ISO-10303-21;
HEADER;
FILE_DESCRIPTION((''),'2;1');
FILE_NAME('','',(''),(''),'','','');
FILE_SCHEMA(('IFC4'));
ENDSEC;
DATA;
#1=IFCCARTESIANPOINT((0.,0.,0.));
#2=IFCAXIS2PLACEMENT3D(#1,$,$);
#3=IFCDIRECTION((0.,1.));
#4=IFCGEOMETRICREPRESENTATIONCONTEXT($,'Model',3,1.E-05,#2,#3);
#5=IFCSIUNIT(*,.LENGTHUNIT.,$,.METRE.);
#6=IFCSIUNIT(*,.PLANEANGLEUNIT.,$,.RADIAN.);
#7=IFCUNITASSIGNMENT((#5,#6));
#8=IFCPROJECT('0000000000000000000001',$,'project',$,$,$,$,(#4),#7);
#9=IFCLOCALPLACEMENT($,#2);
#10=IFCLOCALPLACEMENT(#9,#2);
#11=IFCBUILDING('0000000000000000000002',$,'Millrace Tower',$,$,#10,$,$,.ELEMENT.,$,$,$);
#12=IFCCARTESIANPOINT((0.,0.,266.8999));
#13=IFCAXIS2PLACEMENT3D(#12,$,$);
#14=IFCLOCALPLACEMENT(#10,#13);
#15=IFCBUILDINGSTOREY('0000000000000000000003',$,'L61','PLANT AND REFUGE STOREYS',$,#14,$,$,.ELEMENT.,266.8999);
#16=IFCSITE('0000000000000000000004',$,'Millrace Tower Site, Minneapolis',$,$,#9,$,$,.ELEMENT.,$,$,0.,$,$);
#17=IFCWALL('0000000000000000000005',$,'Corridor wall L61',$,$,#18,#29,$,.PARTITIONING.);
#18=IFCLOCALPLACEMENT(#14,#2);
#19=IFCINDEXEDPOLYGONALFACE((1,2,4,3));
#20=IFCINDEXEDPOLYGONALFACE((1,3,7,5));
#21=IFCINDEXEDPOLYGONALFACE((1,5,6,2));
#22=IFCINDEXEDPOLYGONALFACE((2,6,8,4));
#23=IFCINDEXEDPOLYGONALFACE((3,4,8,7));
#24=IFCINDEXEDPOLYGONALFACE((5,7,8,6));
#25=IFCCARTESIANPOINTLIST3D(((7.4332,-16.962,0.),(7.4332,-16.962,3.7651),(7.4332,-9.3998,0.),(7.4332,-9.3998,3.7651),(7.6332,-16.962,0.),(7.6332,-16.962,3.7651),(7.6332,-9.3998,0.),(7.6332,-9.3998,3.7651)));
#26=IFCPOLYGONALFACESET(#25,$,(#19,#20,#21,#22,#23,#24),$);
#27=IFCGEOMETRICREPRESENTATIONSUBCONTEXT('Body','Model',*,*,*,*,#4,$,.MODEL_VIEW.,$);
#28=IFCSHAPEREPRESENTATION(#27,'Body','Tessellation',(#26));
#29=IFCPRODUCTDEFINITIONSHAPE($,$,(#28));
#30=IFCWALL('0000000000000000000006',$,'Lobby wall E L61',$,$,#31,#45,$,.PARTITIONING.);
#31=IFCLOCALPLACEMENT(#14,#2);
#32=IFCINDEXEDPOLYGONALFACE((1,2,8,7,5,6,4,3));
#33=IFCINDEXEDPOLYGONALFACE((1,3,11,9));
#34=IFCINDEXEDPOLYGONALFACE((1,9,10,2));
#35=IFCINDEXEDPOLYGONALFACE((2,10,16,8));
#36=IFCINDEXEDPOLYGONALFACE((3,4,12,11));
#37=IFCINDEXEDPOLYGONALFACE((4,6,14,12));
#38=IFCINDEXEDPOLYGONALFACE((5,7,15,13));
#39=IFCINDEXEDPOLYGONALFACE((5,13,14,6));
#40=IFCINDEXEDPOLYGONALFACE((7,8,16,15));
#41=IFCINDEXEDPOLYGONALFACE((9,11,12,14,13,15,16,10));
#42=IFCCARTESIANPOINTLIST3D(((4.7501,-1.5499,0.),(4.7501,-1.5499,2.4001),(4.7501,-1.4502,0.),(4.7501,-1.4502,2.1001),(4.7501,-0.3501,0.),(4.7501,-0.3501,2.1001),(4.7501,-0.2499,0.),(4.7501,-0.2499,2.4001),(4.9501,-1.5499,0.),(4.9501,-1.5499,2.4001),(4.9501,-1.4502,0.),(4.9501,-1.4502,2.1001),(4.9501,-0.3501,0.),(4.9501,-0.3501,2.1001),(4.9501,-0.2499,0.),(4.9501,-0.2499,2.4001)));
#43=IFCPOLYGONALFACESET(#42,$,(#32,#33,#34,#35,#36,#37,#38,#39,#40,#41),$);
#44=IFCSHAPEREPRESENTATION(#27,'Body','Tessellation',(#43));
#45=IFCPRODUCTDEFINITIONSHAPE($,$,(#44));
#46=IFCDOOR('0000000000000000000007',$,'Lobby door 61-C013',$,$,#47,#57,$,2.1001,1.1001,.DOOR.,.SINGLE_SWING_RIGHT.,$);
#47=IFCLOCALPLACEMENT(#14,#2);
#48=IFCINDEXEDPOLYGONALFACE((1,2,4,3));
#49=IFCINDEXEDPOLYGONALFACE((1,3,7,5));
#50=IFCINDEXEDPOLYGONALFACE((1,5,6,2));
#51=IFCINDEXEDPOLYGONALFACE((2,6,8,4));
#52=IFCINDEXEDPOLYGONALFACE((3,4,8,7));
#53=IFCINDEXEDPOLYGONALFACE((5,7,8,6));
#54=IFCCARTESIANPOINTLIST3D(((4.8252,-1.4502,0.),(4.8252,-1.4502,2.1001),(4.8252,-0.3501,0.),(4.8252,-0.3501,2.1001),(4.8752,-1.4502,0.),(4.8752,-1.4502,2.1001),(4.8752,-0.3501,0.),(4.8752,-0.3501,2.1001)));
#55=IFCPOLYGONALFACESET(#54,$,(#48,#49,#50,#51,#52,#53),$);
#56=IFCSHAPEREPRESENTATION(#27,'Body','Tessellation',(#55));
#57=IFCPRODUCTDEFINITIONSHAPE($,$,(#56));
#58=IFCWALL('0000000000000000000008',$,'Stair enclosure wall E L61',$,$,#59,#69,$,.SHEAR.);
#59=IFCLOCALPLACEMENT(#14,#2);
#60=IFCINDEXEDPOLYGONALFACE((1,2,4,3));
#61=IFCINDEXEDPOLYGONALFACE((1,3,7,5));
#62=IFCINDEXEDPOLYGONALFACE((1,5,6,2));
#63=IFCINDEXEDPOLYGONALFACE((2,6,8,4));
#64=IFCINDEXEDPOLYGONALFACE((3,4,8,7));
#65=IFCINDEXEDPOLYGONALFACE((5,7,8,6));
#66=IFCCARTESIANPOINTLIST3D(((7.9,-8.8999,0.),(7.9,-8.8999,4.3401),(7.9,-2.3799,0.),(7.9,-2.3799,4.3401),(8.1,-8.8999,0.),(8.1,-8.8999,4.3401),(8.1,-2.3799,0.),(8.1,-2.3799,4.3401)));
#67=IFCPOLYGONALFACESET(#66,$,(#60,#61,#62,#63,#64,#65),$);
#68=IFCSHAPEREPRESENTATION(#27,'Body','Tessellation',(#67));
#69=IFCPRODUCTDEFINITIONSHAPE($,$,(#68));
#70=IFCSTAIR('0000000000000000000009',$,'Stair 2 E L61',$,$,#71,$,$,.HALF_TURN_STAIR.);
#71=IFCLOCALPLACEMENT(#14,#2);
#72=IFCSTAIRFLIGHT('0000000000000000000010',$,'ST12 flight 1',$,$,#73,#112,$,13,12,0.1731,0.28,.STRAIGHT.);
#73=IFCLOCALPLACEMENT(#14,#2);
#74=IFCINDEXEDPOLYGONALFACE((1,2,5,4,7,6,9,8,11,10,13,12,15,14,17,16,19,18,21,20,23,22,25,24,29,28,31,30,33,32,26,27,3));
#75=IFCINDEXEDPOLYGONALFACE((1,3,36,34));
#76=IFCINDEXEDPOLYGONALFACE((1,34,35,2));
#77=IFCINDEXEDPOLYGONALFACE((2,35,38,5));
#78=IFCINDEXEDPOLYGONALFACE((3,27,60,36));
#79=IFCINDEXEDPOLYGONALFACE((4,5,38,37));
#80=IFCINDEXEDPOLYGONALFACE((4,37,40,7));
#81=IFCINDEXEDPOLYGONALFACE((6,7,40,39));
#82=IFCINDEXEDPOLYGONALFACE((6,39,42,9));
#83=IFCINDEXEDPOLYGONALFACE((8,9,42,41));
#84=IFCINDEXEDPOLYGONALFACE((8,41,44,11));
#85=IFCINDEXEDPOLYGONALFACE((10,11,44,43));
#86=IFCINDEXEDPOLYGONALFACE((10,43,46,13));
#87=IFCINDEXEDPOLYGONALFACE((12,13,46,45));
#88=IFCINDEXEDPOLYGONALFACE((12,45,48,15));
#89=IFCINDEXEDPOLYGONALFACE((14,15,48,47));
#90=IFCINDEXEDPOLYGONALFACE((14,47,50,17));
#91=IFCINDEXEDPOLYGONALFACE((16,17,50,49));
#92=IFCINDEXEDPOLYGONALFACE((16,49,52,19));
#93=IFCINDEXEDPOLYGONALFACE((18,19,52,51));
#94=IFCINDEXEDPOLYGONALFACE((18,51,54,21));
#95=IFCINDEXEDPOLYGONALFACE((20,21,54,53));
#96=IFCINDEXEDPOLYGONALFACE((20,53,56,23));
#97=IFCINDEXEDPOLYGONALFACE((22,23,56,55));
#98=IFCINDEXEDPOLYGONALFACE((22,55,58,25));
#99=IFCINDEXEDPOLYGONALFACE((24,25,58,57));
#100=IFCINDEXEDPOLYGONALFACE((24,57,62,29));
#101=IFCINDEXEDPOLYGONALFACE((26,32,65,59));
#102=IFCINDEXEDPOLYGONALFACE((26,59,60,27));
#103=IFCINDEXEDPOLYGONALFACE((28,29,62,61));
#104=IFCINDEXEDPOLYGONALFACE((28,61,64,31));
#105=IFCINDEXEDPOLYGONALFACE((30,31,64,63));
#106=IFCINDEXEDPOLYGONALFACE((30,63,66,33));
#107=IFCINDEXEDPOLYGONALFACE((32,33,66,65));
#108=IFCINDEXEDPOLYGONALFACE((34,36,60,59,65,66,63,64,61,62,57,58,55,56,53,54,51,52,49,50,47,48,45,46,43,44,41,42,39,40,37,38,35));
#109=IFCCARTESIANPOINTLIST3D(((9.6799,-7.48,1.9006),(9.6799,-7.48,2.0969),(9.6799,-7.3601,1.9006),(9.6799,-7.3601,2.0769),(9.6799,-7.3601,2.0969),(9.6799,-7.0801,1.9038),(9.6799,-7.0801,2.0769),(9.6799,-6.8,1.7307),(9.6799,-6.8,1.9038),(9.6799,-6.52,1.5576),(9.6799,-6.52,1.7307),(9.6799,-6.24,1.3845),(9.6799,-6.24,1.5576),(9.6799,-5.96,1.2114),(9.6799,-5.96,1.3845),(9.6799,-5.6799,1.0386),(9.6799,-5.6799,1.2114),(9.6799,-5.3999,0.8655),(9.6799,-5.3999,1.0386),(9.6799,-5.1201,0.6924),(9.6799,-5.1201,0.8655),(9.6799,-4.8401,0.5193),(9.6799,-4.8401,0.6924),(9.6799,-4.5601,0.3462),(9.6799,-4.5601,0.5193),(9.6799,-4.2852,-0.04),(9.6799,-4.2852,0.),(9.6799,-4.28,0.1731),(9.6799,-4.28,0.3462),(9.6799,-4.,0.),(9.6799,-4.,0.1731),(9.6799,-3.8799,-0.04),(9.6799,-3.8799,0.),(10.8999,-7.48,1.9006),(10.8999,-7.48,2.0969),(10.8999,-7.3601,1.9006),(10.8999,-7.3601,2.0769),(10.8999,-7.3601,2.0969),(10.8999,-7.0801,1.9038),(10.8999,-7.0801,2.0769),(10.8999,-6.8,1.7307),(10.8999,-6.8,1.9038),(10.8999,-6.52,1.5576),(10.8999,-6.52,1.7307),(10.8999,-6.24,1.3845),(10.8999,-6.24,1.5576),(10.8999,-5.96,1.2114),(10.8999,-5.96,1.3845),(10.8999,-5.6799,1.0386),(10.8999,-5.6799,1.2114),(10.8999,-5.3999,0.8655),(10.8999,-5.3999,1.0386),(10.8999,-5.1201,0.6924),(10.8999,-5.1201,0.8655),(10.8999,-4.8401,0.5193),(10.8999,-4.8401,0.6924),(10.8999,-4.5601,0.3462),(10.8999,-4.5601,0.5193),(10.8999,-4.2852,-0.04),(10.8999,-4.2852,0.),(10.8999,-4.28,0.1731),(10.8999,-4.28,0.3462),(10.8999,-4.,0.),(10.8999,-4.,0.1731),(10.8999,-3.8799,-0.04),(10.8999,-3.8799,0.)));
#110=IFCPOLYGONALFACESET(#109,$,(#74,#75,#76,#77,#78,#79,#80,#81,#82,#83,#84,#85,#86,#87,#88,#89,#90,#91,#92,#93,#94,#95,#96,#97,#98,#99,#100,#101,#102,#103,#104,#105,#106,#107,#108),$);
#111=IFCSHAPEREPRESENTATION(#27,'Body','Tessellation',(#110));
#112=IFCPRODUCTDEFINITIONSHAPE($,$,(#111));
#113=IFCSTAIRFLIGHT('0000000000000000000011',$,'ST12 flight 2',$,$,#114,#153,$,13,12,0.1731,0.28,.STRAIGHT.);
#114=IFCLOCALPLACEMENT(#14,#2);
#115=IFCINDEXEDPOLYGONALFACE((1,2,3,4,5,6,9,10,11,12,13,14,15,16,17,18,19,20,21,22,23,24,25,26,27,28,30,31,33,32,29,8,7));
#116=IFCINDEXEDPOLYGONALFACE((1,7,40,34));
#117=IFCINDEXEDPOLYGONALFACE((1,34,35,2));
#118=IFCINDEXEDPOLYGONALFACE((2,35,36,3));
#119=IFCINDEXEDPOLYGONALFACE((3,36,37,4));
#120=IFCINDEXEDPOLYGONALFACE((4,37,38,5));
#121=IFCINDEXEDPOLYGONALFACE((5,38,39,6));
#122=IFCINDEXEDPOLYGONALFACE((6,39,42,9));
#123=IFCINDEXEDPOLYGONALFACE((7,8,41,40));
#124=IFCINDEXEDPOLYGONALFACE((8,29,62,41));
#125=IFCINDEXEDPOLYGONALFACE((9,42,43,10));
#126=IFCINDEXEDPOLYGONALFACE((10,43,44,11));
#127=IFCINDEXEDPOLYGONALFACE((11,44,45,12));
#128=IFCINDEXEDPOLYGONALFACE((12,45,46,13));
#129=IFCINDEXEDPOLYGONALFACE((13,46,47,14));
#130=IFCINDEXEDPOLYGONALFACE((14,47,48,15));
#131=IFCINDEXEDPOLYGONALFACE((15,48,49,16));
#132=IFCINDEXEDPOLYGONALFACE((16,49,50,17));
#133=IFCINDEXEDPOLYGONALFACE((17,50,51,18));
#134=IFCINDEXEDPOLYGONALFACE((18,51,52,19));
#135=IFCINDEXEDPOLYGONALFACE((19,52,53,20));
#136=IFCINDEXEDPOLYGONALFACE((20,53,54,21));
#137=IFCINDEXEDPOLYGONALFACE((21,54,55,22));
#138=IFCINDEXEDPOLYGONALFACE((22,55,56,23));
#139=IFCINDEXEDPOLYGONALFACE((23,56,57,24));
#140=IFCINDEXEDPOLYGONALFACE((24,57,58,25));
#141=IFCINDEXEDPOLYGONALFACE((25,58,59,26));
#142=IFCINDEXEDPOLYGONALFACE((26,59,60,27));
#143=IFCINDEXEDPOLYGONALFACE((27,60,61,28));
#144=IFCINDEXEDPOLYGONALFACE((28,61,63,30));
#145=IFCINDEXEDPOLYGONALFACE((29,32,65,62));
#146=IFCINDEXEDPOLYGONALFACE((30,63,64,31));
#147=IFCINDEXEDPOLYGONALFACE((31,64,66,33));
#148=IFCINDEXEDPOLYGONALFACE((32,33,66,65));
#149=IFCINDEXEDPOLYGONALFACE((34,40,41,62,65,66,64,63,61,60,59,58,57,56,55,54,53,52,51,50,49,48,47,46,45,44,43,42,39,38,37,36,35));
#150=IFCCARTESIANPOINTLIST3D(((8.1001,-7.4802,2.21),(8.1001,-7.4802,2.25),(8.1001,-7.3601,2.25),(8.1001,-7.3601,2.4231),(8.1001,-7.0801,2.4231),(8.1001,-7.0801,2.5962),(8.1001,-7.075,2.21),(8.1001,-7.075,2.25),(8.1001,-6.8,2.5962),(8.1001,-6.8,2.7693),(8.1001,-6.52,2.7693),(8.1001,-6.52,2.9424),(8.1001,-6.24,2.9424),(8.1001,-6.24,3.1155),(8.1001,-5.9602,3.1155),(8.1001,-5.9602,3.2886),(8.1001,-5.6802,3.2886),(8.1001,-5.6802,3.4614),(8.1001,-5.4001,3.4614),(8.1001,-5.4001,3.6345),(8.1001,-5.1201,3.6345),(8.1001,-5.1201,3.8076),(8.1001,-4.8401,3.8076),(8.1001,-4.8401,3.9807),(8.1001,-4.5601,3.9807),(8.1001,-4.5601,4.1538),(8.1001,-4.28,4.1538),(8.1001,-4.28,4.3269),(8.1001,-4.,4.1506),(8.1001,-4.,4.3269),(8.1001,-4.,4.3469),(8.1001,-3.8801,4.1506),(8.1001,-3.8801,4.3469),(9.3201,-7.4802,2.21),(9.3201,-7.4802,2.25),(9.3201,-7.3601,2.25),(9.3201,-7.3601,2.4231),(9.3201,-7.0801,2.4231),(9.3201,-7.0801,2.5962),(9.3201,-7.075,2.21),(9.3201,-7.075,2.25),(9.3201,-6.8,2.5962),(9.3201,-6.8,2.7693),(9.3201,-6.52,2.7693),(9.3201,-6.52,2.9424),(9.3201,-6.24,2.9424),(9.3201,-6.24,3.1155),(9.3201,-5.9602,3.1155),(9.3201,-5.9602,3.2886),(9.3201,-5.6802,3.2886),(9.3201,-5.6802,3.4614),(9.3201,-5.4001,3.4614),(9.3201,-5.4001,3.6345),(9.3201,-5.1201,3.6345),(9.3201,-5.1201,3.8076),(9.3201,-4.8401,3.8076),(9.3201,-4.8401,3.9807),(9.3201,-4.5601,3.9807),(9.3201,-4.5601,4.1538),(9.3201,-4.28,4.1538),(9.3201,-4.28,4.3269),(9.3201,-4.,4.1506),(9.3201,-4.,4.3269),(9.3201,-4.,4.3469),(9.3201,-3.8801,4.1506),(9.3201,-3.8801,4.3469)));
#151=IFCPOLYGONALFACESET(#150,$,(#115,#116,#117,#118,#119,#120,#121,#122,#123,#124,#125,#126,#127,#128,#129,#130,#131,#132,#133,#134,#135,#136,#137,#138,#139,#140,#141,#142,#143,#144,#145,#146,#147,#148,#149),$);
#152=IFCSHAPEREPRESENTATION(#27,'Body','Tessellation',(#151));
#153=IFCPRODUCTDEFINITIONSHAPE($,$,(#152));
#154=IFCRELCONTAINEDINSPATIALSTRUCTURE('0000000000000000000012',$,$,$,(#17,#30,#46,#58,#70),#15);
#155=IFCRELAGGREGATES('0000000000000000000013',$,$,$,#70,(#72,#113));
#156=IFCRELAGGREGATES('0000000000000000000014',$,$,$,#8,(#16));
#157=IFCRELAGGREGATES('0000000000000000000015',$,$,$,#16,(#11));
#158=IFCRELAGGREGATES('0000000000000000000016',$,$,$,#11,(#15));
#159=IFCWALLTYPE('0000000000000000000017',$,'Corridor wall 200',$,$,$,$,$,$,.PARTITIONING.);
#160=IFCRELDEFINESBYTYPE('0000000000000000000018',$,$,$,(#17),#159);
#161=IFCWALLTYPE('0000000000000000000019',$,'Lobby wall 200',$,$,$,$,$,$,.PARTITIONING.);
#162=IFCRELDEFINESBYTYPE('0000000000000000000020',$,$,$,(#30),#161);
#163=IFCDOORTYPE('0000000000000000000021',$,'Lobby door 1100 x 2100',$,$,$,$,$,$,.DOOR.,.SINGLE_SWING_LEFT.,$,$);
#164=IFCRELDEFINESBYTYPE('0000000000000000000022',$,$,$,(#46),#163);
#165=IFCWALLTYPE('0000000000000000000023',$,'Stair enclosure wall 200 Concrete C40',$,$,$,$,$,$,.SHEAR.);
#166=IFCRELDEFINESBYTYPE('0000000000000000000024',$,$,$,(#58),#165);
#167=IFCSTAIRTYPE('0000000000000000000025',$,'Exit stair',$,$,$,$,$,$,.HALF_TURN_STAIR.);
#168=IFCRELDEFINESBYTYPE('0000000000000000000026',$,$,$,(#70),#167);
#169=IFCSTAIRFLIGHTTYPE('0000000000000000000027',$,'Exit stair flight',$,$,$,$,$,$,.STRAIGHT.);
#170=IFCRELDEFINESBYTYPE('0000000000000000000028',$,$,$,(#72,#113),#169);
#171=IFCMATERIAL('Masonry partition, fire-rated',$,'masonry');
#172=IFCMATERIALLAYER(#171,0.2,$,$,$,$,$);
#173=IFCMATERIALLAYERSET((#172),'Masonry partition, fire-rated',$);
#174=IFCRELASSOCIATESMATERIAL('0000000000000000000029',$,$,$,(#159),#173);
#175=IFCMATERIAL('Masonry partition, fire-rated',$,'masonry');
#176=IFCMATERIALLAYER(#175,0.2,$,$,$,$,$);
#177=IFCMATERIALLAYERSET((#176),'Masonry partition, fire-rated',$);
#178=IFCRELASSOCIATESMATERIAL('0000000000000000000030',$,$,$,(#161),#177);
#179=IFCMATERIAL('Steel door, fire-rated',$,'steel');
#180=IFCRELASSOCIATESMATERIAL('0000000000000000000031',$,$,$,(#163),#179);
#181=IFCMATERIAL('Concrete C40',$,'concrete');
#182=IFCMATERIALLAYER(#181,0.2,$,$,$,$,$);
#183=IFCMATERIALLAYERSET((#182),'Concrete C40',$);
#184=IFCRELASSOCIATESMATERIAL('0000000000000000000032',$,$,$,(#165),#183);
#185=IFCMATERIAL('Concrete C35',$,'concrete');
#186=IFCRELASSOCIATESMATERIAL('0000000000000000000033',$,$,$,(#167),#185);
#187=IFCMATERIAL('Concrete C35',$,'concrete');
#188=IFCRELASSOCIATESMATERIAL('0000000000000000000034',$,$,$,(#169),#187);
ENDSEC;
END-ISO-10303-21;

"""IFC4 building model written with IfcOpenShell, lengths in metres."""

from ifc_helpers import new_model, si_unit, direction, frame, frame_2d, origin, place, context, subcontext, project, spatial, polyline, rectangle, outline, extrude, material, layer, layer_set, type_object, element, fill, aggregate, save


model = new_model("IFC4")

# Units and contexts
model_context = context("Model", 3, precision=1e-05, world=origin(), true_north=direction((0.0, 1.0)))
body_context = subcontext(model_context, "Body", "Model", "MODEL_VIEW")
ifc_project = project(units=[si_unit("LENGTHUNIT", "METRE"), si_unit("PLANEANGLEUNIT", "RADIAN")], contexts=[model_context])

# Site, building, storey
site_placement = place(None, origin())
site = spatial("IfcSite", under=ifc_project, at=site_placement, Name="Millrace Tower Site, Minneapolis", CompositionType="ELEMENT", RefElevation=0.0)
building_placement = place(site_placement, origin())
building = spatial("IfcBuilding", under=site, at=building_placement, Name="Millrace Tower", CompositionType="ELEMENT")
storey_placement = place(building_placement, frame((0.0, 0.0, 266.8999)))
storey = spatial("IfcBuildingStorey", under=building, at=storey_placement, Name="L61", Description="PLANT AND REFUGE STOREYS", CompositionType="ELEMENT", Elevation=266.8999)

# Wall
ifc_material_1 = material(Name="Masonry partition, fire-rated", Category="masonry")
ifc_layer_1 = layer(ifc_material_1, 0.2)
ifc_layer_set_1 = layer_set([ifc_layer_1], Name="Masonry partition, fire-rated")
wall_type_1 = type_object("IfcWallType", Name="Corridor wall 200", PredefinedType="PARTITIONING", material=ifc_layer_set_1)
wall_1_placement = place(storey_placement, frame((7.5332, -16.9622, 0.0), z_axis=(0.0, 0.0, 1.0), x_axis=(0.0, 1.0, 0.0)))
element("IfcWall", 1, at=wall_1_placement, inside=storey, type_object=wall_type_1, Name="Corridor wall L61", PredefinedType="PARTITIONING", context=body_context, shape_type="SweptSolid", body=[
    extrude(rectangle(XDim=7.5623, YDim=0.2, at=frame_2d((3.7812, 0.0))), origin(), (0.0, 0.0, 1.0), 3.7651),
])

# Wall, opening, door
ifc_material_2 = material(Name="Masonry partition, fire-rated", Category="masonry")
ifc_layer_2 = layer(ifc_material_2, 0.2)
ifc_layer_set_2 = layer_set([ifc_layer_2], Name="Masonry partition, fire-rated")
wall_type_2 = type_object("IfcWallType", Name="Lobby wall 200", PredefinedType="PARTITIONING", material=ifc_layer_set_2)
wall_2_placement = place(storey_placement, frame((4.8501, -0.25, 0.0), z_axis=(0.0, 0.0, 1.0), x_axis=(0.0, -1.0, 0.0)))
wall_2 = element("IfcWall", 2, at=wall_2_placement, inside=storey, type_object=wall_type_2, Name="Lobby wall E L61", PredefinedType="PARTITIONING", context=body_context, shape_type="SweptSolid", body=[
    extrude(rectangle(XDim=1.3, YDim=0.2, at=frame_2d((0.6499, 0.0))), origin(), (0.0, 0.0, 1.0), 2.4001),
])
opening_placement = place(wall_2_placement, frame((0.1001, 0.0, 0.0)))
opening = element("IfcOpeningElement", 3, at=opening_placement, cuts=wall_2, PredefinedType="OPENING", context=body_context, shape_type="SweptSolid", body=[
    extrude(rectangle(XDim=1.1001, YDim=2.1001, at=frame_2d((0.55, 1.05))), frame((0.0, 0.1099, 0.0), z_axis=(0.0, -1.0, 0.0), x_axis=(1.0, 0.0, 0.0)), (0.0, 0.0, 1.0), 0.22),
])
ifc_material_3 = material(Name="Steel door, fire-rated", Category="steel")
door_type = type_object("IfcDoorType", Name="Lobby door 1100 x 2100", OperationType="SINGLE_SWING_LEFT", PredefinedType="DOOR", material=ifc_material_3)
door_placement = place(opening_placement, frame((1.1001, 0.0, 0.0), z_axis=(0.0, 0.0, 1.0), x_axis=(-1.0, 0.0, 0.0)))
door = element("IfcDoor", 4, at=door_placement, inside=storey, type_object=door_type, Name="Lobby door 61-C013", OperationType="SINGLE_SWING_RIGHT", OverallHeight=2.1001, OverallWidth=1.1001, PredefinedType="DOOR", context=body_context, shape_type="SweptSolid", body=[
    extrude(rectangle(XDim=1.1001, YDim=2.1001, at=frame_2d((0.55, 1.05))), frame((0.0, 0.0249, 0.0), z_axis=(0.0, -1.0, 0.0), x_axis=(1.0, 0.0, 0.0)), (0.0, 0.0, 1.0), 0.05),
])
fill(opening, door)

# Wall
ifc_material_4 = material(Name="Concrete C40", Category="concrete")
ifc_layer_3 = layer(ifc_material_4, 0.2)
ifc_layer_set_3 = layer_set([ifc_layer_3], Name="Concrete C40")
wall_type_3 = type_object("IfcWallType", Name="Stair enclosure wall 200 Concrete C40", PredefinedType="SHEAR", material=ifc_layer_set_3)
wall_3_placement = place(storey_placement, frame((8.0, -2.3799, 0.0), z_axis=(0.0, 0.0, 1.0), x_axis=(0.0, -1.0, 0.0)))
element("IfcWall", 5, at=wall_3_placement, inside=storey, type_object=wall_type_3, Name="Stair enclosure wall E L61", PredefinedType="SHEAR", context=body_context, shape_type="SweptSolid", body=[
    extrude(rectangle(XDim=6.52, YDim=0.2, at=frame_2d((3.26, 0.0))), origin(), (0.0, 0.0, 1.0), 4.3401),
])

# Stair, stair flights
ifc_material_5 = material(Name="Concrete C35", Category="concrete")
stair_type = type_object("IfcStairType", Name="Exit stair", PredefinedType="HALF_TURN_STAIR", material=ifc_material_5)
placement = place(storey_placement, origin())
stair_1 = element("IfcStair", 6, at=placement, inside=storey, type_object=stair_type, Name="Stair 2 E L61", PredefinedType="HALF_TURN_STAIR")
ifc_material_6 = material(Name="Concrete C35", Category="concrete")
stair_flight_type = type_object("IfcStairFlightType", Name="Exit stair flight", PredefinedType="STRAIGHT", material=ifc_material_6)
stair_flight_1_placement = place(storey_placement, frame((10.29, -4.0, 0.0), z_axis=(0.0, 0.0, 1.0), x_axis=(0.0, -1.0, 0.0)))
stair_flight_1 = element("IfcStairFlight", 7, at=stair_flight_1_placement, type_object=stair_flight_type, Name="ST12 flight 1", NumberOfRisers=13, NumberOfTreads=12, PredefinedType="STRAIGHT", RiserHeight=0.1731, TreadLength=0.28, context=body_context, shape_type="SweptSolid", body=[
    extrude(outline(polyline([(-0.1201, -0.04), (-0.1201, 0.0), (0.0, 0.0), (0.0, 0.1731), (0.28, 0.1731), (0.28, 0.3462), (0.5601, 0.3462), (0.5601, 0.5193), (0.8401, 0.5193), (0.8401, 0.6924), (1.1201, 0.6924), (1.1201, 0.8655), (1.3999, 0.8655), (1.3999, 1.0386), (1.6799, 1.0386), (1.6799, 1.2114), (1.96, 1.2114), (1.96, 1.3845), (2.24, 1.3845), (2.24, 1.5576), (2.52, 1.5576), (2.52, 1.7307), (2.8, 1.7307), (2.8, 1.9038), (3.0801, 1.9038), (3.0801, 2.0769), (3.3601, 2.0769), (3.3601, 2.0969), (3.48, 2.0969), (3.48, 1.9006), (3.3601, 1.9006), (0.2852, 0.0), (0.2852, -0.04), (-0.1201, -0.04)])), frame((0.0, 0.6099, 0.0), z_axis=(0.0, -1.0, 0.0), x_axis=(1.0, 0.0, 0.0)), (0.0, 0.0, 1.0), 1.22),
])
stair_flight_2_placement = place(storey_placement, frame((8.71, -7.3601, 2.25), z_axis=(0.0, 0.0, 1.0), x_axis=(0.0, 1.0, 0.0)))
stair_flight_2 = element("IfcStairFlight", 8, at=stair_flight_2_placement, type_object=stair_flight_type, Name="ST12 flight 2", NumberOfRisers=13, NumberOfTreads=12, PredefinedType="STRAIGHT", RiserHeight=0.1731, TreadLength=0.28, context=body_context, shape_type="SweptSolid", body=[
    extrude(outline(polyline([(-0.1201, -0.04), (-0.1201, 0.0), (0.0, 0.0), (0.0, 0.1731), (0.28, 0.1731), (0.28, 0.3462), (0.5601, 0.3462), (0.5601, 0.5193), (0.8401, 0.5193), (0.8401, 0.6924), (1.1201, 0.6924), (1.1201, 0.8655), (1.3999, 0.8655), (1.3999, 1.0386), (1.6799, 1.0386), (1.6799, 1.2114), (1.96, 1.2114), (1.96, 1.3845), (2.24, 1.3845), (2.24, 1.5576), (2.52, 1.5576), (2.52, 1.7307), (2.8, 1.7307), (2.8, 1.9038), (3.0801, 1.9038), (3.0801, 2.0769), (3.3601, 2.0769), (3.3601, 2.0969), (3.48, 2.0969), (3.48, 1.9006), (3.3601, 1.9006), (0.2852, 0.0), (0.2852, -0.04), (-0.1201, -0.04)])), frame((0.0, 0.6099, 0.0), z_axis=(0.0, -1.0, 0.0), x_axis=(1.0, 0.0, 0.0)), (0.0, 0.0, 1.0), 1.22),
])
aggregate(stair_1, [stair_flight_1, stair_flight_2])

save(model, "model.ifc")
